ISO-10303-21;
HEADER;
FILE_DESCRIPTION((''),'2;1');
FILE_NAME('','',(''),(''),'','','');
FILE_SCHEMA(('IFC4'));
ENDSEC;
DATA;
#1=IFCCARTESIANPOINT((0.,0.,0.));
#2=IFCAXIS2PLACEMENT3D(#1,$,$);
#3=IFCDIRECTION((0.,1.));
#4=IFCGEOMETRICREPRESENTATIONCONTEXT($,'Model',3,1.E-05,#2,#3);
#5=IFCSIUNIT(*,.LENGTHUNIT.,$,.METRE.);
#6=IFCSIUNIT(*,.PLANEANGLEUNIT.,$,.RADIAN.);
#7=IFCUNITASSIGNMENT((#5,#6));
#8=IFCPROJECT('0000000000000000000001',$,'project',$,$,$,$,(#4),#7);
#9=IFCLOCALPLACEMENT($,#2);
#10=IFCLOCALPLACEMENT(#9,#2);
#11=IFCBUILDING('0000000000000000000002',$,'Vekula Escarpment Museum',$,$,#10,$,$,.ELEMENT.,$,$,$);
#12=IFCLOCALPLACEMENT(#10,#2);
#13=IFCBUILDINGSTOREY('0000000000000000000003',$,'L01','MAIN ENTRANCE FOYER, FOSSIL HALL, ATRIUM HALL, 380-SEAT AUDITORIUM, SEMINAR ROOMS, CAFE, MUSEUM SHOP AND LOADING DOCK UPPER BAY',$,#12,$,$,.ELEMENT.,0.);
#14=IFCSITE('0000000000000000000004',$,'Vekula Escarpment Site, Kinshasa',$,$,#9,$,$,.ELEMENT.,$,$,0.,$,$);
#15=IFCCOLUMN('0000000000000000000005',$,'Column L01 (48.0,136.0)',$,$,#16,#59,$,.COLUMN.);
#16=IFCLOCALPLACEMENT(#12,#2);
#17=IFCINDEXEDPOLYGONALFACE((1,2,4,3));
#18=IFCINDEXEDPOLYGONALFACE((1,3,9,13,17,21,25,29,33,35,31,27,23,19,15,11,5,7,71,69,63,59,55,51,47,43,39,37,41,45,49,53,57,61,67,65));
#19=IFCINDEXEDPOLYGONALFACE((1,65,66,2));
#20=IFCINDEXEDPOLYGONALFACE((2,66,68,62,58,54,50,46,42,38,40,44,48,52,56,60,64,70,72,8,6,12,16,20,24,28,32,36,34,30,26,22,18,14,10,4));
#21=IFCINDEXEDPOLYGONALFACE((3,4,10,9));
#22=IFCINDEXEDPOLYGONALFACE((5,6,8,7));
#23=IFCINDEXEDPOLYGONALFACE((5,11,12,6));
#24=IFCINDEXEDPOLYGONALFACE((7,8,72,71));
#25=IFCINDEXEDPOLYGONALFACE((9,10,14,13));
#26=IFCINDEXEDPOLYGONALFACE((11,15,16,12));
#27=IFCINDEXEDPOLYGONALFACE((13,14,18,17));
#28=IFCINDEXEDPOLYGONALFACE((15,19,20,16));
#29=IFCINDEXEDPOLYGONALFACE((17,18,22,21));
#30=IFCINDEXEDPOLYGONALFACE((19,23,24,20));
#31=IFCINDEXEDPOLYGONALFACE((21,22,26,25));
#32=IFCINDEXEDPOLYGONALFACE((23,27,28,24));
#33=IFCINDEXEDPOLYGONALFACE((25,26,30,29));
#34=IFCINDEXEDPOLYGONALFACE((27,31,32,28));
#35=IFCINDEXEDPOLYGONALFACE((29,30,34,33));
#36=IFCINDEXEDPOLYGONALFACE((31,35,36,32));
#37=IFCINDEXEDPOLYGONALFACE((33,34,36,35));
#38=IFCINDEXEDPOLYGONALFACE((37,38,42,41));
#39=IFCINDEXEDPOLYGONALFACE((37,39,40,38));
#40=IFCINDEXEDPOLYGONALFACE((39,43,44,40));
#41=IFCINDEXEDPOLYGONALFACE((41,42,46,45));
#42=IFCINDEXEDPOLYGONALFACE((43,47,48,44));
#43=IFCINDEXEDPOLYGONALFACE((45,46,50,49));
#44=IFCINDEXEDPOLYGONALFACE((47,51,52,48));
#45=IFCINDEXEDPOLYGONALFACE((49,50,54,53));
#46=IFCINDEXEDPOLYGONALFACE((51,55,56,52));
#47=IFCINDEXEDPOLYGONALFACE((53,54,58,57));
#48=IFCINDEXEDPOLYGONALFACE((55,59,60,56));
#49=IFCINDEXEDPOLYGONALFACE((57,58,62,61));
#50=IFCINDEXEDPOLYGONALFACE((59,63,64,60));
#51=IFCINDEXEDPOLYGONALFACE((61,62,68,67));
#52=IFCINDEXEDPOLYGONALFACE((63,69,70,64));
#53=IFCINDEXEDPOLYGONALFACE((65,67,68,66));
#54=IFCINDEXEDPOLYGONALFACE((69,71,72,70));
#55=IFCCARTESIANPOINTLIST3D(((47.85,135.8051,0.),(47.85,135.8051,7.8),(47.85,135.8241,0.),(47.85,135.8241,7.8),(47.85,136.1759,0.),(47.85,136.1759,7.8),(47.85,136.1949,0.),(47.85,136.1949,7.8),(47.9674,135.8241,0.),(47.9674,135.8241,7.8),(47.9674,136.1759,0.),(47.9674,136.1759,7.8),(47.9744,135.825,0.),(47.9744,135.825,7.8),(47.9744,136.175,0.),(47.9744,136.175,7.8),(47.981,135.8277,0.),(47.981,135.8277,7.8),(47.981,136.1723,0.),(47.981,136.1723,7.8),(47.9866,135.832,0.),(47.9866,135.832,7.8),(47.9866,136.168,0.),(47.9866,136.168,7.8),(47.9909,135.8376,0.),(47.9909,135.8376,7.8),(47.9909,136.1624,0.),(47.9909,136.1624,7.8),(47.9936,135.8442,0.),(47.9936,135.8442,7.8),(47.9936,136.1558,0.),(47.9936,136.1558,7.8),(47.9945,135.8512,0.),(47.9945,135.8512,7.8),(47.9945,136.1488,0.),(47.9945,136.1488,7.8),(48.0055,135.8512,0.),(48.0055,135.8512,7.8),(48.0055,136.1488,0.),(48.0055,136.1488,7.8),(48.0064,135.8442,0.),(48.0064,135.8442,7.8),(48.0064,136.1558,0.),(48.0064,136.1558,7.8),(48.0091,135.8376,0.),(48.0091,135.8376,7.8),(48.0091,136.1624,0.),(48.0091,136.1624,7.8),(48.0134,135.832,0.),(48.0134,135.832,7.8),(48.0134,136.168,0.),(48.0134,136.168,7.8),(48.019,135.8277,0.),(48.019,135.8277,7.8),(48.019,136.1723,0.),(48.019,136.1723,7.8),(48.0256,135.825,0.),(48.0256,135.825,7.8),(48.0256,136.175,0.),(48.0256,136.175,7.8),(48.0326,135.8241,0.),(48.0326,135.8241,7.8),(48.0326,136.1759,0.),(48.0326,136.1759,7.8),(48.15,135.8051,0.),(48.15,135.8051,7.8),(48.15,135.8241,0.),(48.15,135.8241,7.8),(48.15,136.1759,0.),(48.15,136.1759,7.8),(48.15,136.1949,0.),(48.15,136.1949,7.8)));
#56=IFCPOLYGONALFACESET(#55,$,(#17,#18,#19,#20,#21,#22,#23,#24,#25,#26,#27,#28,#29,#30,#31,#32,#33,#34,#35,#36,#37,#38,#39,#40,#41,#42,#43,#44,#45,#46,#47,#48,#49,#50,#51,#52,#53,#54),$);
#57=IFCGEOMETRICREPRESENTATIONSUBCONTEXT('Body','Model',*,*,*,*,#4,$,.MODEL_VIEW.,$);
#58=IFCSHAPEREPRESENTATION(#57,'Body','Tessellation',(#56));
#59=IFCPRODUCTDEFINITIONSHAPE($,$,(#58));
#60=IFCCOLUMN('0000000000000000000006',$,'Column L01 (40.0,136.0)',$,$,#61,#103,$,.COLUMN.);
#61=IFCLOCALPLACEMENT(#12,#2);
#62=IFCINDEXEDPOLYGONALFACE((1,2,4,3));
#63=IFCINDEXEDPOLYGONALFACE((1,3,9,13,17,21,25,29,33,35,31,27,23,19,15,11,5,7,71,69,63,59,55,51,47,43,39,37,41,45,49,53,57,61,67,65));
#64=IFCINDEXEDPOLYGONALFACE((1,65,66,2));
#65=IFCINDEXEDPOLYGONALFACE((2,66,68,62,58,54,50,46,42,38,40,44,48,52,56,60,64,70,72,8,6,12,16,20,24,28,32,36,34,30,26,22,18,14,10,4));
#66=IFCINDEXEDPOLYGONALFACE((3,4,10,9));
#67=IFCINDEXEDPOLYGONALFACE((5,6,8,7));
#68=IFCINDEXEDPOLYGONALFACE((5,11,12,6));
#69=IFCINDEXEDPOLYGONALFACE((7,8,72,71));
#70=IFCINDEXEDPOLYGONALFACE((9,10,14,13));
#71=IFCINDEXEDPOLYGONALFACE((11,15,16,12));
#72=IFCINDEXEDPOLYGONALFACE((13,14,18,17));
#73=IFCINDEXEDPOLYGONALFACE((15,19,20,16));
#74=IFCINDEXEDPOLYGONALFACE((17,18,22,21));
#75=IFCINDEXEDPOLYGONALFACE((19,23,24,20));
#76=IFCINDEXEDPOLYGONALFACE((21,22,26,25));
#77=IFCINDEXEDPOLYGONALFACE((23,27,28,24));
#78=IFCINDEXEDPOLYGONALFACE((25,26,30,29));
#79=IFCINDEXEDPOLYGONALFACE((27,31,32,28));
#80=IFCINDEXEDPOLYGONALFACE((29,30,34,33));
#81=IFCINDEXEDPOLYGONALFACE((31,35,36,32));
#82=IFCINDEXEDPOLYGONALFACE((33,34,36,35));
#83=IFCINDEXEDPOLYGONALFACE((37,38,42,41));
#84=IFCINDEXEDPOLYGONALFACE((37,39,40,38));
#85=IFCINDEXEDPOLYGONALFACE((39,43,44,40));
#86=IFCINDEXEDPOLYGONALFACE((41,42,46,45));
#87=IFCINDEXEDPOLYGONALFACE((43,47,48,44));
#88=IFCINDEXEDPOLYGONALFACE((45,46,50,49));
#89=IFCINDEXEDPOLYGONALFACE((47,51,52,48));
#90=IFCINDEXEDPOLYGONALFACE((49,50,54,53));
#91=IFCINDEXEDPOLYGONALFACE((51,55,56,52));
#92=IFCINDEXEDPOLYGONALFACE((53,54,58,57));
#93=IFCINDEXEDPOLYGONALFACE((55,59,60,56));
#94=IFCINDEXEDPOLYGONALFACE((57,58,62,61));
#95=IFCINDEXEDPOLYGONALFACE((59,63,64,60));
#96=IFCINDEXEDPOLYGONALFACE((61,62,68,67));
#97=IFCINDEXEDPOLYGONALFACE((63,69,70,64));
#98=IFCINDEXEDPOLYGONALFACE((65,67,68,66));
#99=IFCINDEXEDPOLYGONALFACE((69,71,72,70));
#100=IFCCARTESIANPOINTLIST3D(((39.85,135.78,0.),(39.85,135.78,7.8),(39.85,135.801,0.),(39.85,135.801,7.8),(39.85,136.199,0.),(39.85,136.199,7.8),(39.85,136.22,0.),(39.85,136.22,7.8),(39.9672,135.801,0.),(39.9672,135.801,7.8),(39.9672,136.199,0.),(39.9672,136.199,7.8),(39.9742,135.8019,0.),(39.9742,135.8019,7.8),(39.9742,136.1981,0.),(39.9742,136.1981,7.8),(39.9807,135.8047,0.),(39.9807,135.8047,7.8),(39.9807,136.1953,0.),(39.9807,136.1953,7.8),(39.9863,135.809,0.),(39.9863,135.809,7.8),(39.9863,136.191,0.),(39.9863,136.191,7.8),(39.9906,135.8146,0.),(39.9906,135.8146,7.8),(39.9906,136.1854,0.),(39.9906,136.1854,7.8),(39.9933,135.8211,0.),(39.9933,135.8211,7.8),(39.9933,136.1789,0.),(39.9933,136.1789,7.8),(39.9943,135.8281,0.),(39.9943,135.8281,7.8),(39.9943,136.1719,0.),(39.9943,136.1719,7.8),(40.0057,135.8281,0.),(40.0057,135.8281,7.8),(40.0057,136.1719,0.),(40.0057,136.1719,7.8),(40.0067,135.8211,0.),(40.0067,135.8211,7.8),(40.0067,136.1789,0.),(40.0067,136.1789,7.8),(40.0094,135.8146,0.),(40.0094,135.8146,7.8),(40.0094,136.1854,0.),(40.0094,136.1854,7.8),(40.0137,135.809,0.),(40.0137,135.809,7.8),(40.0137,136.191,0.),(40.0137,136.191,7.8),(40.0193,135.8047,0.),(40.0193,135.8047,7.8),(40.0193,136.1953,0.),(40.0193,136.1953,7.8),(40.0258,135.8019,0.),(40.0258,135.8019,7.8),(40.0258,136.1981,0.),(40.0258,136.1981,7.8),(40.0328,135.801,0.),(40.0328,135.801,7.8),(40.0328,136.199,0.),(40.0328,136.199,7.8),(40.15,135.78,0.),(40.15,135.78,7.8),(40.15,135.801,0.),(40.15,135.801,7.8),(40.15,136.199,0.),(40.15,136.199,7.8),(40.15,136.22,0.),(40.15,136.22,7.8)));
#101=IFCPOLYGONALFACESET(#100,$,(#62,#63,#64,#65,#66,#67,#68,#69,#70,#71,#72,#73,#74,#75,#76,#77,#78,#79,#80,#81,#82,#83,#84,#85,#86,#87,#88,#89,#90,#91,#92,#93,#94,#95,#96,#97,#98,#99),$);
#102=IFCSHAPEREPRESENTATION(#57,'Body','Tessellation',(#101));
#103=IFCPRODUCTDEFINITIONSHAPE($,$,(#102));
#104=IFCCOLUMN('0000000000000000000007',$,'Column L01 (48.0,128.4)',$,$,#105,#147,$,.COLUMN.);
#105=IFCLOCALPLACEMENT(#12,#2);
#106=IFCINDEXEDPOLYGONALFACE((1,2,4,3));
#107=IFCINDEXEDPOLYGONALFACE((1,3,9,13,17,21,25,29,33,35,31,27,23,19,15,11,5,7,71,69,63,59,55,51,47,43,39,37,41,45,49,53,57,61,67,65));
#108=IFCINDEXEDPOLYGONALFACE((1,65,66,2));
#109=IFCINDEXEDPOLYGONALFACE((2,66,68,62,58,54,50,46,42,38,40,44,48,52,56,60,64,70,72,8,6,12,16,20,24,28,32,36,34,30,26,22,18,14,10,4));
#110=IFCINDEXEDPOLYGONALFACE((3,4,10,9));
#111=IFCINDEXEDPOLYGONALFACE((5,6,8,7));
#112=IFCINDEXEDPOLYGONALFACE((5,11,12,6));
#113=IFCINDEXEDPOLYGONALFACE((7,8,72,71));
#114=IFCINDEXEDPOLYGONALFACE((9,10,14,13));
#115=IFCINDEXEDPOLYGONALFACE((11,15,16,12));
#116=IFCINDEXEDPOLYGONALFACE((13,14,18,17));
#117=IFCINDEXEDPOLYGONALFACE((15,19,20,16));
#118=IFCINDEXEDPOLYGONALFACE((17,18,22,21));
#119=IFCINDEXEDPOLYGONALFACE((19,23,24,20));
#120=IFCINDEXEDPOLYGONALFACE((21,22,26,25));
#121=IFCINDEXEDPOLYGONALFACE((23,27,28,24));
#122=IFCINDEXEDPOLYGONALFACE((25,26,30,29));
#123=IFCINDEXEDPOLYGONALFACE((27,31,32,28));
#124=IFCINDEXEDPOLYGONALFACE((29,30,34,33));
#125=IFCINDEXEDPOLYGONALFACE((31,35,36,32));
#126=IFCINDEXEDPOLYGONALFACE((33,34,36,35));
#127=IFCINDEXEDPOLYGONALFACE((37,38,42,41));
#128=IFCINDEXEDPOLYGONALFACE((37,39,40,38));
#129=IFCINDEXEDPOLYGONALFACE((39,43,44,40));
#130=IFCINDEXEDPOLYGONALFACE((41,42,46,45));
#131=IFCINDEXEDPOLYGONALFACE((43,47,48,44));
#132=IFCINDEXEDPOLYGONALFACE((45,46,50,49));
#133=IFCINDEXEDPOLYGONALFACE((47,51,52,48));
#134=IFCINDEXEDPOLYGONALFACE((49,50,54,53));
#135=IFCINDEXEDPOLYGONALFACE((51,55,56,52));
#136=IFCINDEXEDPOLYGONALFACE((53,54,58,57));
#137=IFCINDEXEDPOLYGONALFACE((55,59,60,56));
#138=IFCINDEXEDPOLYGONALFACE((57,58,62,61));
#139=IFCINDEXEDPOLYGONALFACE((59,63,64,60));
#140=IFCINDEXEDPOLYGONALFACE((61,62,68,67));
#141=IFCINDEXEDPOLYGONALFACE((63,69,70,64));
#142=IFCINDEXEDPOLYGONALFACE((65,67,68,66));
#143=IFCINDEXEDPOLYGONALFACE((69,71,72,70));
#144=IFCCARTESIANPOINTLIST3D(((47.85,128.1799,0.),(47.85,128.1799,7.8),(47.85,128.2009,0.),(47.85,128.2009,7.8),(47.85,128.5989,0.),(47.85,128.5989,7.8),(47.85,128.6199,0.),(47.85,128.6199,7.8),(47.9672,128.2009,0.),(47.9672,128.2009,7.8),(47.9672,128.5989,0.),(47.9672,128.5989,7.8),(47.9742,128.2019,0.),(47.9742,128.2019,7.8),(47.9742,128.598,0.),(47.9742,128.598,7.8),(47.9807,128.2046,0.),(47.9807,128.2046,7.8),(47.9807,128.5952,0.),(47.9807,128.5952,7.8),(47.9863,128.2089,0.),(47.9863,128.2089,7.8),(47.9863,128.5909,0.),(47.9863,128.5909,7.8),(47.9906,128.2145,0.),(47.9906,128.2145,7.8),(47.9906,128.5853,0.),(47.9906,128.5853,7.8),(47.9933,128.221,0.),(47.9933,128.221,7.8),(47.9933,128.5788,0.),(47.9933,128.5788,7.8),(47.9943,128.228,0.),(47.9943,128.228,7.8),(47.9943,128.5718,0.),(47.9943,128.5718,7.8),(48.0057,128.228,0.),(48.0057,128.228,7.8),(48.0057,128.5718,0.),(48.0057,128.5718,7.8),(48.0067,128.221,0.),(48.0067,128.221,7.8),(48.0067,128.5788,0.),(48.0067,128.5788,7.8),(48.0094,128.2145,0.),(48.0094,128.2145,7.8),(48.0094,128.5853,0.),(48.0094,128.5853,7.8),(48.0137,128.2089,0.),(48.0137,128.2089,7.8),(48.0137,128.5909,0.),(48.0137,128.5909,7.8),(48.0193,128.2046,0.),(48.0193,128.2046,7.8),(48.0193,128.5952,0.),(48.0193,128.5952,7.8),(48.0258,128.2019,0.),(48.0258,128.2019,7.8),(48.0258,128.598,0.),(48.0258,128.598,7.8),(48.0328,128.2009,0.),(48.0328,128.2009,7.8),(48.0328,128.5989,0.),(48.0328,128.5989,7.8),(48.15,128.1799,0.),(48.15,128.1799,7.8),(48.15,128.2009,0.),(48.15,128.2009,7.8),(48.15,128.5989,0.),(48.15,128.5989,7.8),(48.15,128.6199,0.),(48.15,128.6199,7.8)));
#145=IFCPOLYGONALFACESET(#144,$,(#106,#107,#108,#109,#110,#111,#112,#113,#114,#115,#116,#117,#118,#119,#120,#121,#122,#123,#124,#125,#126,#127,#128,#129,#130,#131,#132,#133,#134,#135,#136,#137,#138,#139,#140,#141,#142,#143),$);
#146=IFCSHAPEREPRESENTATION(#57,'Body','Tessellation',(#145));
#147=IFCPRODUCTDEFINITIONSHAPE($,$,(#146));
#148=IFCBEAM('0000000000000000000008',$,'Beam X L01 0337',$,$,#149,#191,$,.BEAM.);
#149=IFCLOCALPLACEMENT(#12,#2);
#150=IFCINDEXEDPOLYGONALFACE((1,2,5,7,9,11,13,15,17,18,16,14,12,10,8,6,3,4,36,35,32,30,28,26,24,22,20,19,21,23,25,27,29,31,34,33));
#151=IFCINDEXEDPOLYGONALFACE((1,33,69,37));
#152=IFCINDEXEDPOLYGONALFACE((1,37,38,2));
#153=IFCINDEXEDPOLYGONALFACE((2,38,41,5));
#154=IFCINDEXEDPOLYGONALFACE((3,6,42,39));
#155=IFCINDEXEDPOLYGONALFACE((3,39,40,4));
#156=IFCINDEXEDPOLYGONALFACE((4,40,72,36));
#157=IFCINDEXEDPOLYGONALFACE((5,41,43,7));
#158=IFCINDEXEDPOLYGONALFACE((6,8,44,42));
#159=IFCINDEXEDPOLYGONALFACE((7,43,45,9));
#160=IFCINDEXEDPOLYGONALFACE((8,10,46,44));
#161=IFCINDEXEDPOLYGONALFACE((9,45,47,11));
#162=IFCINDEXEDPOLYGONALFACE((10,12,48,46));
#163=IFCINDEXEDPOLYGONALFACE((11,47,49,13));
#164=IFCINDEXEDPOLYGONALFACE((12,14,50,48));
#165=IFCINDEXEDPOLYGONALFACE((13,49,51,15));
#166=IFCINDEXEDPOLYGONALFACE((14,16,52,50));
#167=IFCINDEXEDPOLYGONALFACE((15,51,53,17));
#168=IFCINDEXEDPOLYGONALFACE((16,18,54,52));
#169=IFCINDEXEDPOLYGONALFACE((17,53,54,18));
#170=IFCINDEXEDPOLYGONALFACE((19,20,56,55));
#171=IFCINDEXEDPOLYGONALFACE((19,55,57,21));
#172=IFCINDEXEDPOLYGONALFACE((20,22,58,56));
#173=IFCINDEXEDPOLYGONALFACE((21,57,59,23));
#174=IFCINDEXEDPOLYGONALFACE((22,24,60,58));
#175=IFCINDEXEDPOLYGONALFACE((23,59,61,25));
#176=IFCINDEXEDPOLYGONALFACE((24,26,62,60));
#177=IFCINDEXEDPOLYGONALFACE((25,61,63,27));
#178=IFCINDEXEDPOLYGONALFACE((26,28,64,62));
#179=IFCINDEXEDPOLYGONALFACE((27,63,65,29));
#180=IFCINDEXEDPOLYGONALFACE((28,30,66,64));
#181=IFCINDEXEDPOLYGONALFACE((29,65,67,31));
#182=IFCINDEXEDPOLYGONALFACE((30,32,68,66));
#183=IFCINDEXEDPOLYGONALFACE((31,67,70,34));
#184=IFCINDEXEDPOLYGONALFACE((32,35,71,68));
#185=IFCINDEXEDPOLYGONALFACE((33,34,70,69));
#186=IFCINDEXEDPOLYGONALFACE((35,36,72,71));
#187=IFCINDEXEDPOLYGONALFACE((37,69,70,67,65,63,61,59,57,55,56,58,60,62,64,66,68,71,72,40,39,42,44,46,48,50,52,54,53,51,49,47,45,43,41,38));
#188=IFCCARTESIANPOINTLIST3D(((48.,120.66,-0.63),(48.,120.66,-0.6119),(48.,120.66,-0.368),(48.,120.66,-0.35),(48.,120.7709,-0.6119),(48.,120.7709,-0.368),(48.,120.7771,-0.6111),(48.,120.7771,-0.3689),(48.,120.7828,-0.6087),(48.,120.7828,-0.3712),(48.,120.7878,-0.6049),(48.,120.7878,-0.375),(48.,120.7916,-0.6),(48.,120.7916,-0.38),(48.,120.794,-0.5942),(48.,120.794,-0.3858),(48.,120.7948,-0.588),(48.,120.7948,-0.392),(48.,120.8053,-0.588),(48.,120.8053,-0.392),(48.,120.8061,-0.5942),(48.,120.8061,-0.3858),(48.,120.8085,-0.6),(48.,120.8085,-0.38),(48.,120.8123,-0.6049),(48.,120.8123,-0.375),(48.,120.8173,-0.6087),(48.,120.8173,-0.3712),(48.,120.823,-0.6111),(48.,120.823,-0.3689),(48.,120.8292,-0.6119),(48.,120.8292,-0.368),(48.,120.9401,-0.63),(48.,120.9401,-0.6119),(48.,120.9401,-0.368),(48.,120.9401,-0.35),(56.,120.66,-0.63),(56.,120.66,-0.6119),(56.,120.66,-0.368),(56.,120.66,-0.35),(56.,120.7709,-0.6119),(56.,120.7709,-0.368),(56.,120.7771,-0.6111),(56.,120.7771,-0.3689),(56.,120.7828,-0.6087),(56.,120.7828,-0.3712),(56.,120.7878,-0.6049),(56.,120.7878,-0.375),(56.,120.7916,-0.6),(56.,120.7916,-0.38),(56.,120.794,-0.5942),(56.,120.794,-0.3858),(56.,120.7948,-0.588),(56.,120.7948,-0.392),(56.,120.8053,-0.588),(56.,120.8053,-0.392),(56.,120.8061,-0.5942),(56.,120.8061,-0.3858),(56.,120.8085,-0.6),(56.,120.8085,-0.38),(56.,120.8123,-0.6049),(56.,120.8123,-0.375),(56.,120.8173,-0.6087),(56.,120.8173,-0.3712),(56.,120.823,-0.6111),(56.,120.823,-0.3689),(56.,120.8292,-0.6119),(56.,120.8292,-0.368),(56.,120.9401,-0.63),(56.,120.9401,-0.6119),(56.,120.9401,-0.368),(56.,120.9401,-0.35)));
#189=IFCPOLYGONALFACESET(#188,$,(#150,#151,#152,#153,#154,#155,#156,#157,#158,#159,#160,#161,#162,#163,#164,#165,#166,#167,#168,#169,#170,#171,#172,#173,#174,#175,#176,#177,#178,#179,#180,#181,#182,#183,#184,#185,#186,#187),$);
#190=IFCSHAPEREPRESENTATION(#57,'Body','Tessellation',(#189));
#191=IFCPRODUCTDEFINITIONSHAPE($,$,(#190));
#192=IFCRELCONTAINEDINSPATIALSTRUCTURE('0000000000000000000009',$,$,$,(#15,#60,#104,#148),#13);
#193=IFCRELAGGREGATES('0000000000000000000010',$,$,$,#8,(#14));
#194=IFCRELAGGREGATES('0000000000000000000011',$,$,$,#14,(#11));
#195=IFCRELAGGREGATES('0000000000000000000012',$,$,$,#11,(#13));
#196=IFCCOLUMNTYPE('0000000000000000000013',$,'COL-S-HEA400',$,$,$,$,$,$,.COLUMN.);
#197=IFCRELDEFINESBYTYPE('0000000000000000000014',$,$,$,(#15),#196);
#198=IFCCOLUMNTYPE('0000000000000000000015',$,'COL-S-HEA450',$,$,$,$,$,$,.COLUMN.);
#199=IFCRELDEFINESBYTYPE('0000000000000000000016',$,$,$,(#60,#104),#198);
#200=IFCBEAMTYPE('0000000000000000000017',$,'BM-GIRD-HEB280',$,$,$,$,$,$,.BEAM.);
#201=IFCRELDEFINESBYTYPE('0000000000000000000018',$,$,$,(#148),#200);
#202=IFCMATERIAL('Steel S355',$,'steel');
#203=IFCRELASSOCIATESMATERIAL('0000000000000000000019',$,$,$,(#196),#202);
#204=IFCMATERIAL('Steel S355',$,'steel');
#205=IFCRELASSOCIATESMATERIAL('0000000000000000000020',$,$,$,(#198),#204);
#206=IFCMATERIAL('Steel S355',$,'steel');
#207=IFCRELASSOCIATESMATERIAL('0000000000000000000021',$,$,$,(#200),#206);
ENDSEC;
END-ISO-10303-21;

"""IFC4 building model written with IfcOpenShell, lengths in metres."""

from ifc_helpers import new_model, si_unit, direction, frame, origin, origin_2d, place, context, subcontext, project, spatial, i_section, extrude, material, material_profile, profile_set, type_object, element, save


model = new_model("IFC4")

# Units and contexts
model_context = context("Model", 3, precision=1e-05, world=origin(), true_north=direction((0.0, 1.0)))
body_context = subcontext(model_context, "Body", "Model", "MODEL_VIEW")
ifc_project = project(units=[si_unit("LENGTHUNIT", "METRE"), si_unit("PLANEANGLEUNIT", "RADIAN")], contexts=[model_context])

# Site, building, storey
site_placement = place(None, origin())
site = spatial("IfcSite", under=ifc_project, at=site_placement, Name="Vekula Escarpment Site, Kinshasa", CompositionType="ELEMENT", RefElevation=0.0)
building_placement = place(site_placement, origin())
building = spatial("IfcBuilding", under=site, at=building_placement, Name="Vekula Escarpment Museum", CompositionType="ELEMENT")
storey_placement = place(building_placement, origin())
storey = spatial("IfcBuildingStorey", under=building, at=storey_placement, Name="L01", Description="MAIN ENTRANCE FOYER, FOSSIL HALL, ATRIUM HALL, 380-SEAT AUDITORIUM, SEMINAR ROOMS, CAFE, MUSEUM SHOP AND LOADING DOCK UPPER BAY", CompositionType="ELEMENT", Elevation=0.0)

# Columns
ifc_material_1 = material(Name="Steel S355", Category="steel")
ifc_material_profile_1 = material_profile(ifc_material_1, i_section(OverallWidth=0.3, OverallDepth=0.3899, WebThickness=0.011, FlangeThickness=0.019, FilletRadius=0.0271, at=origin_2d()), Name="HEA 400")
ifc_profile_set_1 = profile_set([ifc_material_profile_1], Name="Steel S355")
column_type_1 = type_object("IfcColumnType", Name="COL-S-HEA400", PredefinedType="COLUMN", material=ifc_profile_set_1)
for number, where, z_axis, x_axis, name in (
    (1, (48.0, 136.0, 0.0), (0.0, 0.0, 1.0), (1.0, 0.0, 0.0), "Column L01 (48.0,136.0)"),
):
    element("IfcColumn", number, at=place(storey_placement, frame(where, z_axis=z_axis, x_axis=x_axis)), inside=storey, type_object=column_type_1, Name=name, PredefinedType="COLUMN", context=body_context, shape_type="SweptSolid", body=[
        extrude(i_section(OverallWidth=0.3, OverallDepth=0.3899, WebThickness=0.011, FlangeThickness=0.019, FilletRadius=0.0271, at=origin_2d()), origin(), (0.0, 0.0, 1.0), 7.8),
    ])
ifc_material_2 = material(Name="Steel S355", Category="steel")
ifc_material_profile_2 = material_profile(ifc_material_2, i_section(OverallWidth=0.3, OverallDepth=0.4399, WebThickness=0.0115, FlangeThickness=0.021, FilletRadius=0.0271, at=origin_2d()), Name="HEA 450")
ifc_profile_set_2 = profile_set([ifc_material_profile_2], Name="Steel S355")
column_type_2 = type_object("IfcColumnType", Name="COL-S-HEA450", PredefinedType="COLUMN", material=ifc_profile_set_2)
for number, where, z_axis, x_axis, name in (
    (2, (40.0, 136.0, 0.0), (0.0, 0.0, 1.0), (1.0, 0.0, 0.0), "Column L01 (40.0,136.0)"),
    (3, (48.0, 128.3999, 0.0), (0.0, 0.0, 1.0), (1.0, 0.0, 0.0), "Column L01 (48.0,128.4)"),
):
    element("IfcColumn", number, at=place(storey_placement, frame(where, z_axis=z_axis, x_axis=x_axis)), inside=storey, type_object=column_type_2, Name=name, PredefinedType="COLUMN", context=body_context, shape_type="SweptSolid", body=[
        extrude(i_section(OverallWidth=0.3, OverallDepth=0.4399, WebThickness=0.0115, FlangeThickness=0.021, FilletRadius=0.0271, at=origin_2d()), origin(), (0.0, 0.0, 1.0), 7.8),
    ])

# Beam
ifc_material_3 = material(Name="Steel S355", Category="steel")
ifc_material_profile_3 = material_profile(ifc_material_3, i_section(OverallWidth=0.28, OverallDepth=0.28, WebThickness=0.0105, FlangeThickness=0.0181, FilletRadius=0.0239, at=origin_2d()), Name="HEB 280")
ifc_profile_set_3 = profile_set([ifc_material_profile_3], Name="Steel S355")
beam_type_1 = type_object("IfcBeamType", Name="BM-GIRD-HEB280", PredefinedType="BEAM", material=ifc_profile_set_3)
for number, where, z_axis, x_axis, name in (
    (4, (48.0, 120.8, -0.49), (1.0, 0.0, 0.0), (0.0, 1.0, 0.0), "Beam X L01 0337"),
):
    element("IfcBeam", number, at=place(storey_placement, frame(where, z_axis=z_axis, x_axis=x_axis)), inside=storey, type_object=beam_type_1, Name=name, PredefinedType="BEAM", context=body_context, shape_type="SweptSolid", body=[
        extrude(i_section(OverallWidth=0.28, OverallDepth=0.28, WebThickness=0.0105, FlangeThickness=0.0181, FilletRadius=0.0239, at=origin_2d()), origin(), (0.0, 0.0, 1.0), 8.0),
    ])

save(model, "model.ifc")
